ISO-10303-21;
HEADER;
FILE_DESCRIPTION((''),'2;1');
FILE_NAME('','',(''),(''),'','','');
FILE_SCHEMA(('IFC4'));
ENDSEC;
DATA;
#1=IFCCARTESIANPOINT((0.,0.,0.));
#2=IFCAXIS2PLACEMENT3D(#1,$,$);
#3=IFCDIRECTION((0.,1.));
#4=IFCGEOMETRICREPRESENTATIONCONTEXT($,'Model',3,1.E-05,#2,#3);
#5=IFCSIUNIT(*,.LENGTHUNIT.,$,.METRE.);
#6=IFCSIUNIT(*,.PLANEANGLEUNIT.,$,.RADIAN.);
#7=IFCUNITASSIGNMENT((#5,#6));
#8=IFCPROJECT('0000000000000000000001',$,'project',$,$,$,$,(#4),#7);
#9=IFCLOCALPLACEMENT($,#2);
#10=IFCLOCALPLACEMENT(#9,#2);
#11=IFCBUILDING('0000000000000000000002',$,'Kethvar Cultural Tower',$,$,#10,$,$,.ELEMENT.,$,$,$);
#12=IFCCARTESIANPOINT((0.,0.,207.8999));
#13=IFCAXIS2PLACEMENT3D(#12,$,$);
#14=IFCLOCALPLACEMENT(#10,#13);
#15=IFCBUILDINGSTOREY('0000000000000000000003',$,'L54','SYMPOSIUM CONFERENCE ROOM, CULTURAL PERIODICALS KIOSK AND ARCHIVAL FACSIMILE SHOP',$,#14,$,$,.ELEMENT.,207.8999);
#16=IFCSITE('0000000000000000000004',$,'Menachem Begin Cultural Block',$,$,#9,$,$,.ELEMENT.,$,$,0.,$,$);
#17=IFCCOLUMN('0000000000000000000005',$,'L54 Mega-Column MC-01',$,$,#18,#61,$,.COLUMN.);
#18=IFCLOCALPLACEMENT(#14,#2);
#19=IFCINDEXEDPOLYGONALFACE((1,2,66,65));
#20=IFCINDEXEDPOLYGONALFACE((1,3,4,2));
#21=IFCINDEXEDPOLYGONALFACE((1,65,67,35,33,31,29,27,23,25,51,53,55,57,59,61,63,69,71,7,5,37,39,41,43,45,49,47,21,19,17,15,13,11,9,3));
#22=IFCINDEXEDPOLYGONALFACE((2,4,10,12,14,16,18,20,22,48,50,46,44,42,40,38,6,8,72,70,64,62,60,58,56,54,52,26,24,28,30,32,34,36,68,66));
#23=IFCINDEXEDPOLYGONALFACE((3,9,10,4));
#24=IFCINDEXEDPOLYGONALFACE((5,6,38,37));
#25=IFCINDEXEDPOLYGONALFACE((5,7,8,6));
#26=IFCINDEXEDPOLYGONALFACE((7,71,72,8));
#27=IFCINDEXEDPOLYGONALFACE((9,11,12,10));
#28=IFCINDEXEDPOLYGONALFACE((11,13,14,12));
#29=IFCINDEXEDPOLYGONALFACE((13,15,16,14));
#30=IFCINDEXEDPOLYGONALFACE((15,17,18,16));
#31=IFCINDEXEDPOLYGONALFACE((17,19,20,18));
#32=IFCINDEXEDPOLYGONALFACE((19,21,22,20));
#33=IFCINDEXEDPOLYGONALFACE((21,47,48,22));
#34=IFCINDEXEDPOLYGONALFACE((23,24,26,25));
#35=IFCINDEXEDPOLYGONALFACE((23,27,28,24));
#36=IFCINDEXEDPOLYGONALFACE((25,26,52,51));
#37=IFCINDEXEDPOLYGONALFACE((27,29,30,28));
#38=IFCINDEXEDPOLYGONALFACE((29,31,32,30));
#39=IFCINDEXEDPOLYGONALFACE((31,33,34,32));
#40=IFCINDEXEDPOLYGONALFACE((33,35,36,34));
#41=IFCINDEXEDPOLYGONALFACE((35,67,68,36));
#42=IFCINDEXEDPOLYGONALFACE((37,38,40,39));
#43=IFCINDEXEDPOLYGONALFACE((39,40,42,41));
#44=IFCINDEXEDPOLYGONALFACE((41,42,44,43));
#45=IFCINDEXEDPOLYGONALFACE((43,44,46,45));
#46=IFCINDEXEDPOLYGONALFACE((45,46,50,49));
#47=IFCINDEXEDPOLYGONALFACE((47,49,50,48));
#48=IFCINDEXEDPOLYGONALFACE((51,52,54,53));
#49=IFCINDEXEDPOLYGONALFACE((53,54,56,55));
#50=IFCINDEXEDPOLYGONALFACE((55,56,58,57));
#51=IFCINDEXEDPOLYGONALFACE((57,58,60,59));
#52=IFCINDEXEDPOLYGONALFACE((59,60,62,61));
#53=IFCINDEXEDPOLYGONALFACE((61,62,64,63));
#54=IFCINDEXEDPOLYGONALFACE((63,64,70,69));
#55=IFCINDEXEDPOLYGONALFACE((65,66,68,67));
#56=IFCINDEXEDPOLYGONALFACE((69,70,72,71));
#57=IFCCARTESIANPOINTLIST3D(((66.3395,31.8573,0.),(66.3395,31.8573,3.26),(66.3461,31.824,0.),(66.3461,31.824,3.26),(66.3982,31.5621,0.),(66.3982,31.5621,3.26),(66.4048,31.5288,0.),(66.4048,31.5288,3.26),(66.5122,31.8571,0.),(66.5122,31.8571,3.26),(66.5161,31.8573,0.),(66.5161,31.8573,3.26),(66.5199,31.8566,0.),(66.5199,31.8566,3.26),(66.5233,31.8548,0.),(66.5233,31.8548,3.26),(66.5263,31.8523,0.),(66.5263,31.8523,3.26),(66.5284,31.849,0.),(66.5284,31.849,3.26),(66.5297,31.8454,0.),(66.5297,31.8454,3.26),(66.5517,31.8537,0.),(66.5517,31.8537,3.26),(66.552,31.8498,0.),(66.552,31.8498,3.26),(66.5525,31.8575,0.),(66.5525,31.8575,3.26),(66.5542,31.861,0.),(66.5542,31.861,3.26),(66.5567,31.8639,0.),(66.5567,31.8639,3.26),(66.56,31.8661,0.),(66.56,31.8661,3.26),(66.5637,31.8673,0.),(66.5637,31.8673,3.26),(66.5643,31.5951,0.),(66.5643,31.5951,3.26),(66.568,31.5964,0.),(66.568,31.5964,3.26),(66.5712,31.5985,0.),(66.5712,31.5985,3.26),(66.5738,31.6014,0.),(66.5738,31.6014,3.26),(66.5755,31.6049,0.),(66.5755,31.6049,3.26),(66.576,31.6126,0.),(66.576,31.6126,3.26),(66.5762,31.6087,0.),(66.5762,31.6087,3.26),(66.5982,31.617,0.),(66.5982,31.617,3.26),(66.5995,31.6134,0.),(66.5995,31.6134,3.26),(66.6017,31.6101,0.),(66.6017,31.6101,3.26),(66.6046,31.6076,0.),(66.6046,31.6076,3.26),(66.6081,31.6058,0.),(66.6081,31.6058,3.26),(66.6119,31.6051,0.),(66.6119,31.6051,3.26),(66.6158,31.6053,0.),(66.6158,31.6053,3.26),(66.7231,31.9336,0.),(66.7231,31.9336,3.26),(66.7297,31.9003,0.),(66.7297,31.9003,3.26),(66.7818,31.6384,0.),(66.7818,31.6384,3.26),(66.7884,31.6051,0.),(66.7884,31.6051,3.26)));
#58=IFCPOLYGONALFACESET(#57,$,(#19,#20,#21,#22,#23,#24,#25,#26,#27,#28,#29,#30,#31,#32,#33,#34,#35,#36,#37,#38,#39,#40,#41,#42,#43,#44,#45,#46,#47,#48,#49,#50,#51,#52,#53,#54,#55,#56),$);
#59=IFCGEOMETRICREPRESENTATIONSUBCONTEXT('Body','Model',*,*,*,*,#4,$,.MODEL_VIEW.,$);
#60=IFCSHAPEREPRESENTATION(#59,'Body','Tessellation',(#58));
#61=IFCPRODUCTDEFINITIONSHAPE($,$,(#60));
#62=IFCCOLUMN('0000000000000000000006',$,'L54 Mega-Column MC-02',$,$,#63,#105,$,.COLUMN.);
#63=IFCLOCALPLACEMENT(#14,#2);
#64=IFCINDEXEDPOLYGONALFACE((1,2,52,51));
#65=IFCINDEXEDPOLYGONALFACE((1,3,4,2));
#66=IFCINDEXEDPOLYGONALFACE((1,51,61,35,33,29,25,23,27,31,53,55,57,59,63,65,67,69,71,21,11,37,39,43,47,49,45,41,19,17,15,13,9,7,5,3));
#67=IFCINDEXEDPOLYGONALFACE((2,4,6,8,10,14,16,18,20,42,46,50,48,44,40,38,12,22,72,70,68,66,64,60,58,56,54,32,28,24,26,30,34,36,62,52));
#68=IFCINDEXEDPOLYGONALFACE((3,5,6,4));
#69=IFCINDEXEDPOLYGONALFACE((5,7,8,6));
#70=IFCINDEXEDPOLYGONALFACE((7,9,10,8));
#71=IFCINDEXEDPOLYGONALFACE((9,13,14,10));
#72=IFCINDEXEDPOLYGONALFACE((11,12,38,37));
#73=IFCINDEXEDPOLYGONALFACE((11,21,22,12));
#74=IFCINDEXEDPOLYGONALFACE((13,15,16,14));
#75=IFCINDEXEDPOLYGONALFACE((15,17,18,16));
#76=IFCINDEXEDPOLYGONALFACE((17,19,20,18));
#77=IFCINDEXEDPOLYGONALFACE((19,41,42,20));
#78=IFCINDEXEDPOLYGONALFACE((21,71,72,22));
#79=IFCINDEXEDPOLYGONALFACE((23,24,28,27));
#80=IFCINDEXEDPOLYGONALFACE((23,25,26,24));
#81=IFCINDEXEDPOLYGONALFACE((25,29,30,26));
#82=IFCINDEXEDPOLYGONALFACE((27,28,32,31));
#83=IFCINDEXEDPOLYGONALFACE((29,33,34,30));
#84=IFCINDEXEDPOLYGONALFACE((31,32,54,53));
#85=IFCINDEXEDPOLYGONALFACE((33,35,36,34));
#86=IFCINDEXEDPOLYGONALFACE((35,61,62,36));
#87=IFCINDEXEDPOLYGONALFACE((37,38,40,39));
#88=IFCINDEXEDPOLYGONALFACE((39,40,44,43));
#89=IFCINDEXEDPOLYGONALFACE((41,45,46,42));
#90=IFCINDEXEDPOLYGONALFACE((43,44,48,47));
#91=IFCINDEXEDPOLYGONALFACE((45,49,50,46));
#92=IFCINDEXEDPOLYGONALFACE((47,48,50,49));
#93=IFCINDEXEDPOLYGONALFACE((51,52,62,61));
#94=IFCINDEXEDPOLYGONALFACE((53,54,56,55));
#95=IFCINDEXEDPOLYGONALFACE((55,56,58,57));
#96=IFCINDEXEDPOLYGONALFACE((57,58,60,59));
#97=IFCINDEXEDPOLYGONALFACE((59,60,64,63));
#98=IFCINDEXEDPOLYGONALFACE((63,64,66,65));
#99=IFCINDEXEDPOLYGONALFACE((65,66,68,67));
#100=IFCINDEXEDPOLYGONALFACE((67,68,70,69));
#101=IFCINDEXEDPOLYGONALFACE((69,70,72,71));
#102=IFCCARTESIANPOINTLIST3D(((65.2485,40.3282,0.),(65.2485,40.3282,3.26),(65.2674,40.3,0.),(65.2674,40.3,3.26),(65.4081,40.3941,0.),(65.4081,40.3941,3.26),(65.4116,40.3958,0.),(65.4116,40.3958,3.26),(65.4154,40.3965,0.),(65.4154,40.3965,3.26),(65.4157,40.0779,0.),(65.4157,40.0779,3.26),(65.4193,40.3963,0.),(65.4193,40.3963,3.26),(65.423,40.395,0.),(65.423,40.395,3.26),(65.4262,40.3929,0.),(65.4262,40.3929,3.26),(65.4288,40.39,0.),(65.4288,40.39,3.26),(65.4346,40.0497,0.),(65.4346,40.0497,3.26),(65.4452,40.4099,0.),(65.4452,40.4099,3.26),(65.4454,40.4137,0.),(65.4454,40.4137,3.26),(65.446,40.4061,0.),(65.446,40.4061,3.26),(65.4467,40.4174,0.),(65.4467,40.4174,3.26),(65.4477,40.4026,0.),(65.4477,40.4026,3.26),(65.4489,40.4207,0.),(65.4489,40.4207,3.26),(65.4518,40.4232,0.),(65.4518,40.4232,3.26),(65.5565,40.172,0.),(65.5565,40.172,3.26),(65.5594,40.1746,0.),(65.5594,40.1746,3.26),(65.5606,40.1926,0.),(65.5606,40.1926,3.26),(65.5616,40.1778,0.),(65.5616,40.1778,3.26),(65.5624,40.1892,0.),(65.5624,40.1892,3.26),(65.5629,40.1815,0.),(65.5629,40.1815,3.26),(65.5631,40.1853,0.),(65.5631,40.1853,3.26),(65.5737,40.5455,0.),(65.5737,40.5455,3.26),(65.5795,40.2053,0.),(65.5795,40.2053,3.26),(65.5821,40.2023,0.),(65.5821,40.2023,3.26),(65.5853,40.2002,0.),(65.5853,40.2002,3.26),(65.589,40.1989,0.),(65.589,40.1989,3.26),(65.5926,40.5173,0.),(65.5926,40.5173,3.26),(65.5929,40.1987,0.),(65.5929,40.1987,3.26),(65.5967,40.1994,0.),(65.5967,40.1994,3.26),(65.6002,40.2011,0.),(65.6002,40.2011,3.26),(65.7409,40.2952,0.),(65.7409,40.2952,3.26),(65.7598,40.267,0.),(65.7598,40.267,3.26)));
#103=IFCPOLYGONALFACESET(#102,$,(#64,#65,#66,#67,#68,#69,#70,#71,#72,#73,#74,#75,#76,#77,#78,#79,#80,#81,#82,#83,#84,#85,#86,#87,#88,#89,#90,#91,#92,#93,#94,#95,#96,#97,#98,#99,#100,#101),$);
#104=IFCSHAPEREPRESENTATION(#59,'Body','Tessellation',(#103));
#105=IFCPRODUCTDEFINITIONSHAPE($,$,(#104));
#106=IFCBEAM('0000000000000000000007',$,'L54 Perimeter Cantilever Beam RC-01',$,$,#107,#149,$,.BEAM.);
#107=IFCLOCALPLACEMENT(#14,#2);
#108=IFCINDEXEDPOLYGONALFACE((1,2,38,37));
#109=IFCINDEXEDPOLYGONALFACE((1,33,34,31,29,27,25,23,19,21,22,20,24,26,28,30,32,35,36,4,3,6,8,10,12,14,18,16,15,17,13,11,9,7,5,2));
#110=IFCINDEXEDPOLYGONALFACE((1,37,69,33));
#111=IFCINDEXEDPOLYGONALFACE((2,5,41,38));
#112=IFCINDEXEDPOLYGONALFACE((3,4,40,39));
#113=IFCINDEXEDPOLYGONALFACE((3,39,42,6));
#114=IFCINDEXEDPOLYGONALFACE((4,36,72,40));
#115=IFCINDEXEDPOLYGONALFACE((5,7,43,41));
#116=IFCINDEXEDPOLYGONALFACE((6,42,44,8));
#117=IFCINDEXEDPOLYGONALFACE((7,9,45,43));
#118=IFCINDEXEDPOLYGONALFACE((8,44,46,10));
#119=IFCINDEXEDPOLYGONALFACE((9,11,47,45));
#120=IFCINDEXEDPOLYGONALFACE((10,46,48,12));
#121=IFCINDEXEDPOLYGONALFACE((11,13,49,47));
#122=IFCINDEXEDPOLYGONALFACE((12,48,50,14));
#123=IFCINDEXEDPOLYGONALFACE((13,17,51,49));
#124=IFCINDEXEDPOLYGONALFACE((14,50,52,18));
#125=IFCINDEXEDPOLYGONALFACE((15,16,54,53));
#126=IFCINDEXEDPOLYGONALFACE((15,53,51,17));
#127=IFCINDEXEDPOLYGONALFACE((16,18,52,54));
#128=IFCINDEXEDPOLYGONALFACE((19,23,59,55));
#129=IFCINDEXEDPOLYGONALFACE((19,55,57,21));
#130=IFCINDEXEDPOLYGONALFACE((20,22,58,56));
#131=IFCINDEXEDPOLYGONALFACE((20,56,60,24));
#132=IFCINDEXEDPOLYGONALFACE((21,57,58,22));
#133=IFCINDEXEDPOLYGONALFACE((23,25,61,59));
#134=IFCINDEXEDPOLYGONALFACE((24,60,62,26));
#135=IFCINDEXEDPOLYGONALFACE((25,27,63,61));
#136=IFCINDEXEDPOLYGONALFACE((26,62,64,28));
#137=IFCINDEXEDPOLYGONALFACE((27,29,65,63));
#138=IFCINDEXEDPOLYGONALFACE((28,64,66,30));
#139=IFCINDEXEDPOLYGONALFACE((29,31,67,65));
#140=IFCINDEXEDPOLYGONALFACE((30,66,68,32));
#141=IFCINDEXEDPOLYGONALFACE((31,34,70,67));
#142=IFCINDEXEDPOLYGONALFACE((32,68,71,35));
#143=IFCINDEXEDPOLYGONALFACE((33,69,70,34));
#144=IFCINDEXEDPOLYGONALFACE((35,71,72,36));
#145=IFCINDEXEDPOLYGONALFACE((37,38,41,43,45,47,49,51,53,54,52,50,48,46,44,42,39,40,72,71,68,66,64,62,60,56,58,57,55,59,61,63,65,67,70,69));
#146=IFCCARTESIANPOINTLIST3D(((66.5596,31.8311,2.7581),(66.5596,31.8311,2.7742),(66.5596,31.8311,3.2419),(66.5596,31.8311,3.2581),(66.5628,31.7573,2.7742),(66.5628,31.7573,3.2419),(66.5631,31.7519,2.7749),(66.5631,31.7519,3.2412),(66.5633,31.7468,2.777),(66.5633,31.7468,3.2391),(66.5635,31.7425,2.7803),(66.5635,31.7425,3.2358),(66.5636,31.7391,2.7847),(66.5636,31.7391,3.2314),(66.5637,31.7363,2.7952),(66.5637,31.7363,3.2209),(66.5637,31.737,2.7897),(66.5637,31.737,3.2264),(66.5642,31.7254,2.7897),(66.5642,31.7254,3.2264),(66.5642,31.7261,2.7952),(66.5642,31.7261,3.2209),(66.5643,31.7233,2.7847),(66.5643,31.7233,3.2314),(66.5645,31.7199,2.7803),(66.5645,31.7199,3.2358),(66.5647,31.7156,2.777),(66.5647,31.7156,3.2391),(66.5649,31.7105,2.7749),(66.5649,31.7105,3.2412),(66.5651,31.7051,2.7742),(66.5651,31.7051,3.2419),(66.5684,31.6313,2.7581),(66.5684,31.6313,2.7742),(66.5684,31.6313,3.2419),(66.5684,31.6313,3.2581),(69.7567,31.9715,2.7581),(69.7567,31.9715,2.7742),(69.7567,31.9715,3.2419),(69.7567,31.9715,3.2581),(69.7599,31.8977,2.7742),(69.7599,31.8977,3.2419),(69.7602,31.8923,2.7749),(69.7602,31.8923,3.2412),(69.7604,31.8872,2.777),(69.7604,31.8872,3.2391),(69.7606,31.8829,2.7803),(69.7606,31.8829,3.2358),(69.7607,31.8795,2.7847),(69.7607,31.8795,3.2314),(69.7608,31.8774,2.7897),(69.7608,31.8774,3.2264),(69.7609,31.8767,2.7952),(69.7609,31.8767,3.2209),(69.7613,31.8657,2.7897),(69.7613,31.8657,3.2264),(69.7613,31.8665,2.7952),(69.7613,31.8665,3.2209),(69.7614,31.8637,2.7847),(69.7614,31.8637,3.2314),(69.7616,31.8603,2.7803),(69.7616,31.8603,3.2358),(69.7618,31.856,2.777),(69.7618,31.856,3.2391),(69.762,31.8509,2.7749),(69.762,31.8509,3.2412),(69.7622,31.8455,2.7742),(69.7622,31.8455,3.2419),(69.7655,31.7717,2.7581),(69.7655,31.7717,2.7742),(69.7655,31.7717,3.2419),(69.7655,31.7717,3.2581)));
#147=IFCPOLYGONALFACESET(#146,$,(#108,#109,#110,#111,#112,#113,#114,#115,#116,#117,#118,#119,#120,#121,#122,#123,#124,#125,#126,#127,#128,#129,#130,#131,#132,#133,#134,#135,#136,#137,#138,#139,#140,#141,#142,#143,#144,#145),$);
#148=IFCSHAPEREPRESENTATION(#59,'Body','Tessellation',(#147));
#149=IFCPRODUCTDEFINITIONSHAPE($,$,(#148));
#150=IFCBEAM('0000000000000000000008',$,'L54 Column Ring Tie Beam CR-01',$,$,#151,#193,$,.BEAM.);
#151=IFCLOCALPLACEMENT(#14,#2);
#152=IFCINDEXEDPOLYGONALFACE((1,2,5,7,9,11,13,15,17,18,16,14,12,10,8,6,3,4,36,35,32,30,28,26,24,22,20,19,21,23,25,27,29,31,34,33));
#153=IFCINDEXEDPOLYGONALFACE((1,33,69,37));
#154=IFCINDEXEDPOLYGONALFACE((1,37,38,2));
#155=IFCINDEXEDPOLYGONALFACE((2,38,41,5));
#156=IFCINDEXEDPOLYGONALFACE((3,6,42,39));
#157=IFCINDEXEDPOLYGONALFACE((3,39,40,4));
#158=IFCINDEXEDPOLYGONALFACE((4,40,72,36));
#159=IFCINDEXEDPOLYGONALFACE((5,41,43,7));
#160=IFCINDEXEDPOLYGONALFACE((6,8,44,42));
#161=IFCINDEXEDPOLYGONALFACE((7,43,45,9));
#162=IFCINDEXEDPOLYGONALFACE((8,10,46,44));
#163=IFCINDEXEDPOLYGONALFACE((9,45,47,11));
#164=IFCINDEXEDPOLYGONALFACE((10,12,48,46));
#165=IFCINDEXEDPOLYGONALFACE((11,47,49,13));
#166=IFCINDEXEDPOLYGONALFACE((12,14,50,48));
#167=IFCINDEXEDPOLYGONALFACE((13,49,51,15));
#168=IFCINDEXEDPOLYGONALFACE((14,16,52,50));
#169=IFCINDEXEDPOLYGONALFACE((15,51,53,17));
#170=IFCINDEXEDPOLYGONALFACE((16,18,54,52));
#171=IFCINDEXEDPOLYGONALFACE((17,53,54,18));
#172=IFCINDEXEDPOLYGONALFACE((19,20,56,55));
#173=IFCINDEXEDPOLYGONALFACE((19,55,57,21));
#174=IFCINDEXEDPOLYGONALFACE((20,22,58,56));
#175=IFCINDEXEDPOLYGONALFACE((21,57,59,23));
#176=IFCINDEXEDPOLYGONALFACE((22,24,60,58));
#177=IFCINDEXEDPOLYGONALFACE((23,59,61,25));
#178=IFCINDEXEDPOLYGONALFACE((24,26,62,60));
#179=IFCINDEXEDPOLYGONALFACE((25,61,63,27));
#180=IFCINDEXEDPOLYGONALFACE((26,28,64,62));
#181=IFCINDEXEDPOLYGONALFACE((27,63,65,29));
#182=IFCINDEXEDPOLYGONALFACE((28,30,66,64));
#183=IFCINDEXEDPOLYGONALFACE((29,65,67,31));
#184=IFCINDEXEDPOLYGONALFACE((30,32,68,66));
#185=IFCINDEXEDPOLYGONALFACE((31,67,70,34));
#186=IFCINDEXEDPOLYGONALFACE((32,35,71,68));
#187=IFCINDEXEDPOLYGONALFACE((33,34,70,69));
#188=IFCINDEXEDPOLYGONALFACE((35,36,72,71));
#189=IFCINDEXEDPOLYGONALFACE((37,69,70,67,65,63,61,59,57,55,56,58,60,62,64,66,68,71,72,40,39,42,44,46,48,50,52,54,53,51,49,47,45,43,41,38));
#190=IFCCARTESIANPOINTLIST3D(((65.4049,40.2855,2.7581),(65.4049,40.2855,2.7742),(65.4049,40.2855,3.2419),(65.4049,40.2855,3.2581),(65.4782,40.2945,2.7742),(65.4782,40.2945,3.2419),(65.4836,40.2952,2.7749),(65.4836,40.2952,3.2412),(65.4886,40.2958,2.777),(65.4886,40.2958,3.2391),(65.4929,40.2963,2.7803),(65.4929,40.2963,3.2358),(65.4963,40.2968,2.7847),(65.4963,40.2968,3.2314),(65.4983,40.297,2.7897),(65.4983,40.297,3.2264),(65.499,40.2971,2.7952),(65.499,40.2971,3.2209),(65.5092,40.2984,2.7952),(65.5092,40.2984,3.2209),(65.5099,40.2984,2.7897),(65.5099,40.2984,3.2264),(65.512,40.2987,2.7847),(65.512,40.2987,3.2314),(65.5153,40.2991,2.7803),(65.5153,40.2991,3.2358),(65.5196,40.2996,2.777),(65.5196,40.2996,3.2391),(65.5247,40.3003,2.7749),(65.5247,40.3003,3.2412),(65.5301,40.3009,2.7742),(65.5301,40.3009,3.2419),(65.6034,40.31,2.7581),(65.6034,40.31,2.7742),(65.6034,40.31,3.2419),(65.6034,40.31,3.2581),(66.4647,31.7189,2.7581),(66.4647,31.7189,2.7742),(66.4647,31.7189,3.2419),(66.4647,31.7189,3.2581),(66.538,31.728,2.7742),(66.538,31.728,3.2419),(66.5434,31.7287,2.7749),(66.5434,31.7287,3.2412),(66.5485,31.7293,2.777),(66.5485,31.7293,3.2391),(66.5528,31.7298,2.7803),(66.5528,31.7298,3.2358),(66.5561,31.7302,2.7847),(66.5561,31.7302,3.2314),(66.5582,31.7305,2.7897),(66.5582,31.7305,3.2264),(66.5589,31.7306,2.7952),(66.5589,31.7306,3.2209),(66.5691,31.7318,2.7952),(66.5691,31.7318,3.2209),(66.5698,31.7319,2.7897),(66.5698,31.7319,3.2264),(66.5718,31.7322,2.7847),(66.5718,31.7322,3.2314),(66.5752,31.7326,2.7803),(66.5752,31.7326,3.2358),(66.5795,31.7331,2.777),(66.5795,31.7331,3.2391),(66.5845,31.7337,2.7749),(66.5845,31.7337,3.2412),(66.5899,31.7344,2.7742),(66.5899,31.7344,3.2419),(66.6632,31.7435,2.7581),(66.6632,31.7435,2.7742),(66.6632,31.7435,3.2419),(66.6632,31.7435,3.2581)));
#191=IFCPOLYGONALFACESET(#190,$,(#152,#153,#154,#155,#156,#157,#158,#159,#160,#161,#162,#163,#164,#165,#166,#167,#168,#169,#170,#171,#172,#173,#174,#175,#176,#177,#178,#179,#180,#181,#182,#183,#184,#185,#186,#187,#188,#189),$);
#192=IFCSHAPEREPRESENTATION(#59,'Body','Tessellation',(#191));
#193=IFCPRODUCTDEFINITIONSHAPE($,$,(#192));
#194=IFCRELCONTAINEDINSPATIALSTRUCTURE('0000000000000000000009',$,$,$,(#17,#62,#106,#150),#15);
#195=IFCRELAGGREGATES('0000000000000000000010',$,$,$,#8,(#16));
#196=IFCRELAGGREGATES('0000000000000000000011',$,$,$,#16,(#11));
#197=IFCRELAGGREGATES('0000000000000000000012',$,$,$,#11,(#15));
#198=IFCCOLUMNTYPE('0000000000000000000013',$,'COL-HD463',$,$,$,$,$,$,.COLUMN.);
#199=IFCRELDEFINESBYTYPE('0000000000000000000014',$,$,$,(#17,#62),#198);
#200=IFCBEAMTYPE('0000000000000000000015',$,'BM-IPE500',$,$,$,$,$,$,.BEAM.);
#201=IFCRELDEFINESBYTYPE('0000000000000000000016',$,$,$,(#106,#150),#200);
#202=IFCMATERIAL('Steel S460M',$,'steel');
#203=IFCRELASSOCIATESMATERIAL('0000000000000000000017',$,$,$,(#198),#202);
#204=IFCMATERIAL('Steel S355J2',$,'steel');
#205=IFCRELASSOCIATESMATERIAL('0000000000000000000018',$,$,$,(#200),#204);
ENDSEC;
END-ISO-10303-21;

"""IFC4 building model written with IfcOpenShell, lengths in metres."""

from ifc_helpers import new_model, si_unit, direction, frame, origin, origin_2d, place, context, subcontext, project, spatial, i_section, extrude, source, transform, mapped, material, material_profile, profile_set, type_object, element, save


model = new_model("IFC4")

# Units and contexts
model_context = context("Model", 3, precision=1e-05, world=origin(), true_north=direction((0.0, 1.0)))
body_context = subcontext(model_context, "Body", "Model", "MODEL_VIEW")
ifc_project = project(units=[si_unit("LENGTHUNIT", "METRE"), si_unit("PLANEANGLEUNIT", "RADIAN")], contexts=[model_context])

# Site, building, storey
site_placement = place(None, origin())
site = spatial("IfcSite", under=ifc_project, at=site_placement, Name="Menachem Begin Cultural Block", CompositionType="ELEMENT", RefElevation=0.0)
building_placement = place(site_placement, origin())
building = spatial("IfcBuilding", under=site, at=building_placement, Name="Kethvar Cultural Tower", CompositionType="ELEMENT")
storey_placement = place(building_placement, frame((0.0, 0.0, 207.8999)))
storey = spatial("IfcBuildingStorey", under=building, at=storey_placement, Name="L54", Description="SYMPOSIUM CONFERENCE ROOM, CULTURAL PERIODICALS KIOSK AND ARCHIVAL FACSIMILE SHOP", CompositionType="ELEMENT", Elevation=207.8999)

# Columns
ifc_material_1 = material(Name="Steel S460M", Category="steel")
ifc_material_profile_1 = material_profile(ifc_material_1, i_section(OverallWidth=0.3911, OverallDepth=0.335, WebThickness=0.0227, FlangeThickness=0.0339, FilletRadius=0.0149, at=origin_2d()), Name="Steel S460M — HD400x463")
ifc_profile_set_1 = profile_set([ifc_material_profile_1], Name="Steel S460M — HD400x463")
column_type = type_object("IfcColumnType", Name="COL-HD463", PredefinedType="COLUMN", material=ifc_profile_set_1)
shared_shape_1 = source(origin(), body_context, "Body", "SweptSolid", [
    extrude(i_section(OverallWidth=0.3911, OverallDepth=0.335, WebThickness=0.0227, FlangeThickness=0.0339, FilletRadius=0.0149, at=origin_2d()), origin(), (0.0, 0.0, 1.0), 3.26),
])
for number, where, z_axis, x_axis, name in (
    (1, (66.564, 31.7312, 0.0), (0.0, 0.0, 1.0), (0.980785, 0.19509, 0.0), "L54 Mega-Column MC-01"),
    (2, (65.5042, 40.2976, 0.0), (0.0, 0.0, 1.0), (0.83147, 0.55557, 0.0), "L54 Mega-Column MC-02"),
):
    element("IfcColumn", number, at=place(storey_placement, frame(where, z_axis=z_axis, x_axis=x_axis)), inside=storey, type_object=column_type, Name=name, PredefinedType="COLUMN", context=body_context, shape_type="MappedRepresentation", body=[
        mapped(shared_shape_1, transform((0.0, 0.0, 0.0), scale=1.0)),
    ])

# Beams
ifc_material_2 = material(Name="Steel S355J2", Category="steel")
ifc_material_profile_2 = material_profile(ifc_material_2, i_section(OverallWidth=0.2, OverallDepth=0.5, WebThickness=0.0103, FlangeThickness=0.0161, FilletRadius=0.021, at=origin_2d()), Name="Steel S355J2 — IPE500")
ifc_profile_set_2 = profile_set([ifc_material_profile_2], Name="Steel S355J2 — IPE500")
beam_type_1 = type_object("IfcBeamType", Name="BM-IPE500", PredefinedType="BEAM", material=ifc_profile_set_2)
shared_shape_2 = source(origin(), body_context, "Body", "SweptSolid", [
    extrude(i_section(OverallWidth=0.2, OverallDepth=0.5, WebThickness=0.0103, FlangeThickness=0.0161, FilletRadius=0.021, at=origin_2d()), origin(), (0.0, 0.0, 1.0), 3.2002),
])
beam_1_placement = place(storey_placement, frame((66.564, 31.7312, 3.0081), z_axis=(0.999037, 0.043868, 0.0), x_axis=(-0.043868, 0.999037, 0.0)))
element("IfcBeam", 3, at=beam_1_placement, inside=storey, type_object=beam_type_1, Name="L54 Perimeter Cantilever Beam RC-01", PredefinedType="BEAM", context=body_context, shape_type="MappedRepresentation", body=[
    mapped(shared_shape_2, transform((0.0, 0.0, 0.0), scale=1.0)),
])
shared_shape_3 = source(origin(), body_context, "Body", "SweptSolid", [
    extrude(i_section(OverallWidth=0.2, OverallDepth=0.5, WebThickness=0.0103, FlangeThickness=0.0161, FilletRadius=0.021, at=origin_2d()), origin(), (0.0, 0.0, 1.0), 8.6318),
])
beam_2_placement = place(storey_placement, frame((66.564, 31.7312, 3.0081), z_axis=(-0.122781, 0.992434, 0.0), x_axis=(-0.992434, -0.122781, 0.0)))
element("IfcBeam", 4, at=beam_2_placement, inside=storey, type_object=beam_type_1, Name="L54 Column Ring Tie Beam CR-01", PredefinedType="BEAM", context=body_context, shape_type="MappedRepresentation", body=[
    mapped(shared_shape_3, transform((0.0, 0.0, 0.0), scale=1.0)),
])

save(model, "model.ifc")
